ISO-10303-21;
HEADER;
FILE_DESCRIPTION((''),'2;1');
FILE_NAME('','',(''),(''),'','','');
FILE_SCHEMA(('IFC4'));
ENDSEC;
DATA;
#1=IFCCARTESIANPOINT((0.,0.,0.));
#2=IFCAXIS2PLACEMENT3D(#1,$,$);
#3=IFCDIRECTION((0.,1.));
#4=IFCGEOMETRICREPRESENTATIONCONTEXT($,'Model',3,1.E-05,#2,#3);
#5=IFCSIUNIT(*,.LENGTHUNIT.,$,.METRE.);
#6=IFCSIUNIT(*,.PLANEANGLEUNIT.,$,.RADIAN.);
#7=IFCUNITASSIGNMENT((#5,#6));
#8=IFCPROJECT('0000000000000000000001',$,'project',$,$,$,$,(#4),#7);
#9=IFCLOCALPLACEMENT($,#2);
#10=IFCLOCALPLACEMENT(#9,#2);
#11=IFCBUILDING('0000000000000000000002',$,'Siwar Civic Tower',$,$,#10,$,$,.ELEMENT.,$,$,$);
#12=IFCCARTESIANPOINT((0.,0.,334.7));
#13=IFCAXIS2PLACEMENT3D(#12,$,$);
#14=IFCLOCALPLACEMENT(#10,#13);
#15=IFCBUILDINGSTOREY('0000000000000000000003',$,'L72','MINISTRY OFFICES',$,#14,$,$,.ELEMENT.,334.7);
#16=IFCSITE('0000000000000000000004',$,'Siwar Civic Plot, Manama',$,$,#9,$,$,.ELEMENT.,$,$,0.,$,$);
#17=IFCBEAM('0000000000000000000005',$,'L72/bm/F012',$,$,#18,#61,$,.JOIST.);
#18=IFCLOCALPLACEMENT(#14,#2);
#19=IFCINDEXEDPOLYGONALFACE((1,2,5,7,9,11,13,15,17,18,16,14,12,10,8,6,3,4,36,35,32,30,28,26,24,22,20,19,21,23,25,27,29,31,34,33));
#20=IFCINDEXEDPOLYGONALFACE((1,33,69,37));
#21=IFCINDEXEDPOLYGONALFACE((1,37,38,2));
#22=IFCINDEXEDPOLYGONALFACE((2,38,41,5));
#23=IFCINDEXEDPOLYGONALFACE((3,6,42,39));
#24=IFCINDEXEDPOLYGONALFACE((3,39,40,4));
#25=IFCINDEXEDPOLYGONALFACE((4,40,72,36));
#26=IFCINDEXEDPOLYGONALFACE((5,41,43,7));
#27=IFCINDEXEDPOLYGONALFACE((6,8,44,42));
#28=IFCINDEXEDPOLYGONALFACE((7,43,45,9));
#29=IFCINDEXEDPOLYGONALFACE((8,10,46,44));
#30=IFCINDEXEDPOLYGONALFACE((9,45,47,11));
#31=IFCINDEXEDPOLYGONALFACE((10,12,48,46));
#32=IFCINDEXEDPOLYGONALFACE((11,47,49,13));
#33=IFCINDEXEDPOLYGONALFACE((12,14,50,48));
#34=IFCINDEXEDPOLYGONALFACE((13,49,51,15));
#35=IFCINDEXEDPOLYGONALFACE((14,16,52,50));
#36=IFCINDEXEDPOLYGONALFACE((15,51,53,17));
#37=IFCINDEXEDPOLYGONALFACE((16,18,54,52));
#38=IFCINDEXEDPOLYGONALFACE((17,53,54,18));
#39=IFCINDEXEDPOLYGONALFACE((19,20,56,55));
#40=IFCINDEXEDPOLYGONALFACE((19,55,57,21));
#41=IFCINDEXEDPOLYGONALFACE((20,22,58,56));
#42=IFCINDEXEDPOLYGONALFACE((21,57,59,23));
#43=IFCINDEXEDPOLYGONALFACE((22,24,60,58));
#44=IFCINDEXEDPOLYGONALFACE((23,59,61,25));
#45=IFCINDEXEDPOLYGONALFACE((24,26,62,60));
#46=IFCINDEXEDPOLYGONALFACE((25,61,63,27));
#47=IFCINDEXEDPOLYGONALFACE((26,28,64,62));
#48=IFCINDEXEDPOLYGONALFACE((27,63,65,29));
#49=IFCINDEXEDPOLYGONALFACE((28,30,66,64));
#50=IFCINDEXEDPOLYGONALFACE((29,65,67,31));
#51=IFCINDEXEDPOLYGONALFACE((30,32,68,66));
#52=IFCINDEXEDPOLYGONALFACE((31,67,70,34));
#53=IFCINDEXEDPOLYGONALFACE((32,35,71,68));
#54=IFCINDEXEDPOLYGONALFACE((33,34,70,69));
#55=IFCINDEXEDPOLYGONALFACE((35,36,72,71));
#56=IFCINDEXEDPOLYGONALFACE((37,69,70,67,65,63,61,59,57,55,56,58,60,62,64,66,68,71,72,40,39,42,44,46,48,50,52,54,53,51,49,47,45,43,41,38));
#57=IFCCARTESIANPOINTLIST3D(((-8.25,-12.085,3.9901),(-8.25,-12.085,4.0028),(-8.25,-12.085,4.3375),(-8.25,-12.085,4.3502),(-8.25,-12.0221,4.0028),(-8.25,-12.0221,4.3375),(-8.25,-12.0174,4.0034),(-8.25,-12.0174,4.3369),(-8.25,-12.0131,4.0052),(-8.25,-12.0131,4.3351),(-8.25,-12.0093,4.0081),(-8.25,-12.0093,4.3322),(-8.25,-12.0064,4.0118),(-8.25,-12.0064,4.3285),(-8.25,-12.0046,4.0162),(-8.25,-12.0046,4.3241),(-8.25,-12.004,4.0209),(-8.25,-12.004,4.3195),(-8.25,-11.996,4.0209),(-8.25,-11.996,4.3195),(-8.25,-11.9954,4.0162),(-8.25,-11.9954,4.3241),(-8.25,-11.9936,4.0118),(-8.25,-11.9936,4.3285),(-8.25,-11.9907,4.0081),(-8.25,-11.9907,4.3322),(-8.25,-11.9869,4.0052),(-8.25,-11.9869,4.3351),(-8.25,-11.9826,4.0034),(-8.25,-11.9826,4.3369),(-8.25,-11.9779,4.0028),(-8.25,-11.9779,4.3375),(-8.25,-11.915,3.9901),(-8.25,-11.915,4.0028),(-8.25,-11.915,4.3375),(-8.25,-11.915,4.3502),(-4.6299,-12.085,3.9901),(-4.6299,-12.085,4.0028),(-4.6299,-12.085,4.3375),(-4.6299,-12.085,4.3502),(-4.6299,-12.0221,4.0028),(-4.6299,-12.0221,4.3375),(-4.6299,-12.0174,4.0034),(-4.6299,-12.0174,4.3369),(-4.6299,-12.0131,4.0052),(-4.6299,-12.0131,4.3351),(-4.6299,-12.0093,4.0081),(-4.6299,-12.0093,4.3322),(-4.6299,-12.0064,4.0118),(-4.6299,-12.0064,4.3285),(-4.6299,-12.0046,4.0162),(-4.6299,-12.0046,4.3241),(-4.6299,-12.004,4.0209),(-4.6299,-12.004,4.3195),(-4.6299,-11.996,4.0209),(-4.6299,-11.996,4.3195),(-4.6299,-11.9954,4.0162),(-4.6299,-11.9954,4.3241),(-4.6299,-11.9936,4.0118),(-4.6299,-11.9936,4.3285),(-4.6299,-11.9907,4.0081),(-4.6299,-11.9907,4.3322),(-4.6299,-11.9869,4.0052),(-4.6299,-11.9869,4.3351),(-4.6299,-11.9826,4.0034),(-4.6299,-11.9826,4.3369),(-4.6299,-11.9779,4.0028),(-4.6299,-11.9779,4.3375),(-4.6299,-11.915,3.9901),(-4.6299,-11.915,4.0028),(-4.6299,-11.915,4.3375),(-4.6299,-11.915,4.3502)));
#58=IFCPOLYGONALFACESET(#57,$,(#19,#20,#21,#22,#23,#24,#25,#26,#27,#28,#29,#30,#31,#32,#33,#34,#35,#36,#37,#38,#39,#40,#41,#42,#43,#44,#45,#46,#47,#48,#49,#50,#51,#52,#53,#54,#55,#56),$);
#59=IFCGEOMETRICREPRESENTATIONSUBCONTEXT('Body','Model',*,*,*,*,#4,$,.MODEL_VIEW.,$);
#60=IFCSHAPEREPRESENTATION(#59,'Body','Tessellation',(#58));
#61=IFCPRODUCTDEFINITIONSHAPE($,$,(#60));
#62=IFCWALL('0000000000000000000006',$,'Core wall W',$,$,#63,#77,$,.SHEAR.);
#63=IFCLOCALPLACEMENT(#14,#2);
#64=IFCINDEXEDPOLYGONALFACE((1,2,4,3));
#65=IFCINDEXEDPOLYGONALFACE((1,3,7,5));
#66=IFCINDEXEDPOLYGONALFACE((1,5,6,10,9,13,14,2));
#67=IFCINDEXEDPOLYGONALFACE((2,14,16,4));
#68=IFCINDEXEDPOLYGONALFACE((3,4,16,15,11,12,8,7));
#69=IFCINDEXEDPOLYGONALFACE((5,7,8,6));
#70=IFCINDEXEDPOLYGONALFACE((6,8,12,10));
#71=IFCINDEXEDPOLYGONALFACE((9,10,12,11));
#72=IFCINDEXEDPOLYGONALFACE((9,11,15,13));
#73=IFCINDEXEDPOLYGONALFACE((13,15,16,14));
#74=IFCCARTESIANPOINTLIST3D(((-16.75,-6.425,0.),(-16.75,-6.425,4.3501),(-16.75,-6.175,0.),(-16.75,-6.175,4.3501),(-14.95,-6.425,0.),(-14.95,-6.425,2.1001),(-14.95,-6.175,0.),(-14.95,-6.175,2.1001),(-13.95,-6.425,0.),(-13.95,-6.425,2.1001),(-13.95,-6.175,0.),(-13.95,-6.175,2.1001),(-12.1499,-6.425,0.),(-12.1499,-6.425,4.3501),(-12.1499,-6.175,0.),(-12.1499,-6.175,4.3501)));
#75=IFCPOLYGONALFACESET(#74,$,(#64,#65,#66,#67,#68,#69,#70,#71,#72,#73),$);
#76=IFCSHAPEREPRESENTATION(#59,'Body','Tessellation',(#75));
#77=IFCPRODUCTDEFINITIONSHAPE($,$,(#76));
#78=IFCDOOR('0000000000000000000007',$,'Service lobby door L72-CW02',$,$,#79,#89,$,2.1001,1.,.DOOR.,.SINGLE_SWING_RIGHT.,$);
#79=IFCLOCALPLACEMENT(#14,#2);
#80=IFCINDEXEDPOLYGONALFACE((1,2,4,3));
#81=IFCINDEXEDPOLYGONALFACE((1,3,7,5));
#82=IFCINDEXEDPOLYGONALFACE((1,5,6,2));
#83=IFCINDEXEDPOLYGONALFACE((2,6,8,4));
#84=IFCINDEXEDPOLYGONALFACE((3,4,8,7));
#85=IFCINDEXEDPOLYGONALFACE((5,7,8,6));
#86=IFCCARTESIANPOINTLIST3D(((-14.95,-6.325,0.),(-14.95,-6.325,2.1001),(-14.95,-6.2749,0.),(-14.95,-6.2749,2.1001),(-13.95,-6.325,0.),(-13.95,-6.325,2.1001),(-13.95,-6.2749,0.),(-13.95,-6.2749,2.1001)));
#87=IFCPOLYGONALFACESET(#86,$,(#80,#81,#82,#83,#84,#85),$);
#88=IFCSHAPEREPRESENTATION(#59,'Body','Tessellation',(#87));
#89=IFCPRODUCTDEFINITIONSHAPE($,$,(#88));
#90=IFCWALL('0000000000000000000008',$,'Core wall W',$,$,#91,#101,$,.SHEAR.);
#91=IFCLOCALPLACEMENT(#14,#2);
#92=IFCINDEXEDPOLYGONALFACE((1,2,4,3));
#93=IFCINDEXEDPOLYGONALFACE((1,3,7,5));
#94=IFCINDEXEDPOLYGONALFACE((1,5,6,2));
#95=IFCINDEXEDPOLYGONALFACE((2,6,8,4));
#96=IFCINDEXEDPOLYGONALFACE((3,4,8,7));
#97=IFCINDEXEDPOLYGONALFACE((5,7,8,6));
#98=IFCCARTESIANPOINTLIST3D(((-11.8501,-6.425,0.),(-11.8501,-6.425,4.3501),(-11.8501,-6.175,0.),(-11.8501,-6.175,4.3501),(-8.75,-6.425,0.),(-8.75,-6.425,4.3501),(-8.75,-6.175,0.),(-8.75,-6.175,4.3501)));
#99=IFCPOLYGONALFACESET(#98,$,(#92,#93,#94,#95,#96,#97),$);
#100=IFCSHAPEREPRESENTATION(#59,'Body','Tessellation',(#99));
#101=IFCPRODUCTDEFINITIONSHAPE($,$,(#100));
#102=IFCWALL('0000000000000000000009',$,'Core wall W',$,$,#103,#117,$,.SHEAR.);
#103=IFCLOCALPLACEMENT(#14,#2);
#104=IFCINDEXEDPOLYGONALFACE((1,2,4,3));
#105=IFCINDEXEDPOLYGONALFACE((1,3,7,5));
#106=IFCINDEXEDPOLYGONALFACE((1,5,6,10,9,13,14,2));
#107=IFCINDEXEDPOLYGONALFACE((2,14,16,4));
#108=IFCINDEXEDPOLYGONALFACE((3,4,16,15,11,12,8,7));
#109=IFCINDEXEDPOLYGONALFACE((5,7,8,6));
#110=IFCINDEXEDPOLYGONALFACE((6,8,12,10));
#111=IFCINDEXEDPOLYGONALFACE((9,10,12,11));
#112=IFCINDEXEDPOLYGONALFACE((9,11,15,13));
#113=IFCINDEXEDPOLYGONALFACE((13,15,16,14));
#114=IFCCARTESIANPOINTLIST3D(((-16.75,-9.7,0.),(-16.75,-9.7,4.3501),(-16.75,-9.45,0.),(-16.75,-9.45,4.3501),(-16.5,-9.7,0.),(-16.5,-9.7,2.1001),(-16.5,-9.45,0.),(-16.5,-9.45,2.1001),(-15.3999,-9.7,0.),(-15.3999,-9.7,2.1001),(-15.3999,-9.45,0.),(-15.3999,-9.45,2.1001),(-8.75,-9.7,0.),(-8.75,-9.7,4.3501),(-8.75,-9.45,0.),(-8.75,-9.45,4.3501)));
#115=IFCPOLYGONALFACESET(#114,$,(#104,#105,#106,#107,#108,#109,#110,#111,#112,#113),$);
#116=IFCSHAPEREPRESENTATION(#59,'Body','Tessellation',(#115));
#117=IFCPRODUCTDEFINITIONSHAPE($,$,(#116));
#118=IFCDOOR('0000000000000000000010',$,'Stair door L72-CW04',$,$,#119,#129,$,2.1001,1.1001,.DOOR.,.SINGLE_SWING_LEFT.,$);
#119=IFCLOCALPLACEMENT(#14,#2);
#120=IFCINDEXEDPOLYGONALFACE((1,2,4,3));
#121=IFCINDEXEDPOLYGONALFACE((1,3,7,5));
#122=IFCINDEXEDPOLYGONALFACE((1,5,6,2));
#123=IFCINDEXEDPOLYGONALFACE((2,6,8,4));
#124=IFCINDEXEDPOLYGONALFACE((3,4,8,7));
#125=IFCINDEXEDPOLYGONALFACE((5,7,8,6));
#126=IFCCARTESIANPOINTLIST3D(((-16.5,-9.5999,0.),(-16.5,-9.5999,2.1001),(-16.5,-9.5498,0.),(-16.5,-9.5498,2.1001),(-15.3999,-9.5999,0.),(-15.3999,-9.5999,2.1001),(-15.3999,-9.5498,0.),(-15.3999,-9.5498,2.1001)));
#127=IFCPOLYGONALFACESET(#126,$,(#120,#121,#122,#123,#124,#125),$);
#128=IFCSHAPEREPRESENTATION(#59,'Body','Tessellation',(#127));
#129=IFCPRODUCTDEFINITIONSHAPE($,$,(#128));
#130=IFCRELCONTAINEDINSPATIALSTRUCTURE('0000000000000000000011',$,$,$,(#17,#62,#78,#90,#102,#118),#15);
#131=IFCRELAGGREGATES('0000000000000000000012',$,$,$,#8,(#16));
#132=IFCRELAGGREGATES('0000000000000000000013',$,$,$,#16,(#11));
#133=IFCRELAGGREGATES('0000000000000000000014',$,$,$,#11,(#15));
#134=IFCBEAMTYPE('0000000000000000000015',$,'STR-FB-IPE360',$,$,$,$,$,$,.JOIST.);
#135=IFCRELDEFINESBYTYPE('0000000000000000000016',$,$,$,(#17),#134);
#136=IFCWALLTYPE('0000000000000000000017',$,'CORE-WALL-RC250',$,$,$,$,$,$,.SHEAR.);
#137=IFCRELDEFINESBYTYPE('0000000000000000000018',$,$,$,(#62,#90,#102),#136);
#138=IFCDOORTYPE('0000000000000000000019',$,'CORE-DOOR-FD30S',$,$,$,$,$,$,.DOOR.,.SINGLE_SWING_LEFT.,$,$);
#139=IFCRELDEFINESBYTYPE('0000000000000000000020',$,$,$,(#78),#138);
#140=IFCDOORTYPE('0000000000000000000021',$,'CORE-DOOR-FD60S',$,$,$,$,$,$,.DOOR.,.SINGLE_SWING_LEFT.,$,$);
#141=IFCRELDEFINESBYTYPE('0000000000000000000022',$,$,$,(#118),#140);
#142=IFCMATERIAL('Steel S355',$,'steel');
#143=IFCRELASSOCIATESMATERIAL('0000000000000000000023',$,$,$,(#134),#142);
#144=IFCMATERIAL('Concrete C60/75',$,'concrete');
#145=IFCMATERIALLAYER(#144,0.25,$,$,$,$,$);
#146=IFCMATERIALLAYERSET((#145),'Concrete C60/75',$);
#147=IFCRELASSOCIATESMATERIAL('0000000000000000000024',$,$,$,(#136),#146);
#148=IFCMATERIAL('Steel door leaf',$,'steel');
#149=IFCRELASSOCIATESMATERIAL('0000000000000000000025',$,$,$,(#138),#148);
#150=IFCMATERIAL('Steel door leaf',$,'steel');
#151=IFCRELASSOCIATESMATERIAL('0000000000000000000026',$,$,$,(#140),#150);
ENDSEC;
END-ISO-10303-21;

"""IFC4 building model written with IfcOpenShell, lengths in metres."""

from ifc_helpers import new_model, si_unit, direction, frame, frame_2d, origin, origin_2d, place, context, subcontext, project, spatial, rectangle, i_section, extrude, material, layer, layer_set, material_profile, profile_set, type_object, element, fill, save


model = new_model("IFC4")

# Units and contexts
model_context = context("Model", 3, precision=1e-05, world=origin(), true_north=direction((0.0, 1.0)))
body_context = subcontext(model_context, "Body", "Model", "MODEL_VIEW")
ifc_project = project(units=[si_unit("LENGTHUNIT", "METRE"), si_unit("PLANEANGLEUNIT", "RADIAN")], contexts=[model_context])

# Site, building, storey
site_placement = place(None, origin())
site = spatial("IfcSite", under=ifc_project, at=site_placement, Name="Siwar Civic Plot, Manama", CompositionType="ELEMENT", RefElevation=0.0)
building_placement = place(site_placement, origin())
building = spatial("IfcBuilding", under=site, at=building_placement, Name="Siwar Civic Tower", CompositionType="ELEMENT")
storey_placement = place(building_placement, frame((0.0, 0.0, 334.7)))
storey = spatial("IfcBuildingStorey", under=building, at=storey_placement, Name="L72", Description="MINISTRY OFFICES", CompositionType="ELEMENT", Elevation=334.7)

# Beam
ifc_material_1 = material(Name="Steel S355", Category="steel")
ifc_material_profile = material_profile(ifc_material_1, i_section(OverallWidth=0.1699, OverallDepth=0.3601, WebThickness=0.0081, FlangeThickness=0.0127, FilletRadius=0.0181, at=origin_2d()), Name="IPE360")
ifc_profile_set = profile_set([ifc_material_profile], Name="Steel S355")
beam_type = type_object("IfcBeamType", Name="STR-FB-IPE360", PredefinedType="JOIST", material=ifc_profile_set)
beam_placement = place(storey_placement, frame((-8.25, -12.0, 4.1702), z_axis=(1.0, 0.0, 0.0), x_axis=(0.0, 1.0, 0.0)))
element("IfcBeam", 1, at=beam_placement, inside=storey, type_object=beam_type, Name="L72/bm/F012", PredefinedType="JOIST", context=body_context, shape_type="SweptSolid", body=[
    extrude(i_section(OverallWidth=0.1699, OverallDepth=0.3601, WebThickness=0.0081, FlangeThickness=0.0127, FilletRadius=0.0181, at=origin_2d()), origin(), (0.0, 0.0, 1.0), 3.6201),
])

# Wall, opening, door
ifc_material_2 = material(Name="Concrete C60/75", Category="concrete")
ifc_layer_1 = layer(ifc_material_2, 0.25)
ifc_layer_set_1 = layer_set([ifc_layer_1], Name="Concrete C60/75")
wall_type_1 = type_object("IfcWallType", Name="CORE-WALL-RC250", PredefinedType="SHEAR", material=ifc_layer_set_1)
wall_1_placement = place(storey_placement, frame((-12.1499, -6.3, 0.0), z_axis=(0.0, 0.0, 1.0), x_axis=(-1.0, 0.0, 0.0)))
wall_1 = element("IfcWall", 2, at=wall_1_placement, inside=storey, type_object=wall_type_1, Name="Core wall W", PredefinedType="SHEAR", context=body_context, shape_type="SweptSolid", body=[
    extrude(rectangle(XDim=4.6001, YDim=0.25, at=frame_2d((2.3, 0.0))), origin(), (0.0, 0.0, 1.0), 4.3501),
])
opening_1_placement = place(wall_1_placement, frame((1.8, 0.0, 0.0)))
opening_1 = element("IfcOpeningElement", 3, at=opening_1_placement, cuts=wall_1, PredefinedType="OPENING", context=body_context, shape_type="SweptSolid", body=[
    extrude(rectangle(XDim=1.0, YDim=2.1001, at=frame_2d((0.5, 1.05))), frame((0.0, 0.135, 0.0), z_axis=(0.0, -1.0, 0.0), x_axis=(1.0, 0.0, 0.0)), (0.0, 0.0, 1.0), 0.27),
])
ifc_material_3 = material(Name="Steel door leaf", Category="steel")
door_type_1 = type_object("IfcDoorType", Name="CORE-DOOR-FD30S", OperationType="SINGLE_SWING_LEFT", PredefinedType="DOOR", material=ifc_material_3)
door_1_placement = place(opening_1_placement, origin())
door_1 = element("IfcDoor", 4, at=door_1_placement, inside=storey, type_object=door_type_1, Name="Service lobby door L72-CW02", OperationType="SINGLE_SWING_RIGHT", OverallHeight=2.1001, OverallWidth=1.0, PredefinedType="DOOR", context=body_context, shape_type="SweptSolid", body=[
    extrude(rectangle(XDim=1.0, YDim=2.1001, at=frame_2d((0.5, 1.05))), frame((0.0, 0.0249, 0.0), z_axis=(0.0, -1.0, 0.0), x_axis=(1.0, 0.0, 0.0)), (0.0, 0.0, 1.0), 0.05),
])
fill(opening_1, door_1)

# Wall
wall_2_placement = place(storey_placement, frame((-8.75, -6.3, 0.0), z_axis=(0.0, 0.0, 1.0), x_axis=(-1.0, 0.0, 0.0)))
element("IfcWall", 5, at=wall_2_placement, inside=storey, type_object=wall_type_1, Name="Core wall W", PredefinedType="SHEAR", context=body_context, shape_type="SweptSolid", body=[
    extrude(rectangle(XDim=3.1001, YDim=0.25, at=frame_2d((1.55, 0.0))), origin(), (0.0, 0.0, 1.0), 4.3501),
])

# Wall, opening, door
wall_3_placement = place(storey_placement, frame((-8.75, -9.575, 0.0), z_axis=(0.0, 0.0, 1.0), x_axis=(-1.0, 0.0, 0.0)))
wall_3 = element("IfcWall", 6, at=wall_3_placement, inside=storey, type_object=wall_type_1, Name="Core wall W", PredefinedType="SHEAR", context=body_context, shape_type="SweptSolid", body=[
    extrude(rectangle(XDim=8.0, YDim=0.25, at=frame_2d((4.0, 0.0))), origin(), (0.0, 0.0, 1.0), 4.3501),
])
opening_2_placement = place(wall_3_placement, frame((6.6499, 0.0, 0.0)))
opening_2 = element("IfcOpeningElement", 7, at=opening_2_placement, cuts=wall_3, PredefinedType="OPENING", context=body_context, shape_type="SweptSolid", body=[
    extrude(rectangle(XDim=1.1001, YDim=2.1001, at=frame_2d((0.55, 1.05))), frame((0.0, 0.135, 0.0), z_axis=(0.0, -1.0, 0.0), x_axis=(1.0, 0.0, 0.0)), (0.0, 0.0, 1.0), 0.27),
])
ifc_material_4 = material(Name="Steel door leaf", Category="steel")
door_type_2 = type_object("IfcDoorType", Name="CORE-DOOR-FD60S", OperationType="SINGLE_SWING_LEFT", PredefinedType="DOOR", material=ifc_material_4)
door_2_placement = place(opening_2_placement, origin())
door_2 = element("IfcDoor", 8, at=door_2_placement, inside=storey, type_object=door_type_2, Name="Stair door L72-CW04", OperationType="SINGLE_SWING_LEFT", OverallHeight=2.1001, OverallWidth=1.1001, PredefinedType="DOOR", context=body_context, shape_type="SweptSolid", body=[
    extrude(rectangle(XDim=1.1001, YDim=2.1001, at=frame_2d((0.55, 1.05))), frame((0.0, 0.0249, 0.0), z_axis=(0.0, -1.0, 0.0), x_axis=(1.0, 0.0, 0.0)), (0.0, 0.0, 1.0), 0.05),
])
fill(opening_2, door_2)

save(model, "model.ifc")
